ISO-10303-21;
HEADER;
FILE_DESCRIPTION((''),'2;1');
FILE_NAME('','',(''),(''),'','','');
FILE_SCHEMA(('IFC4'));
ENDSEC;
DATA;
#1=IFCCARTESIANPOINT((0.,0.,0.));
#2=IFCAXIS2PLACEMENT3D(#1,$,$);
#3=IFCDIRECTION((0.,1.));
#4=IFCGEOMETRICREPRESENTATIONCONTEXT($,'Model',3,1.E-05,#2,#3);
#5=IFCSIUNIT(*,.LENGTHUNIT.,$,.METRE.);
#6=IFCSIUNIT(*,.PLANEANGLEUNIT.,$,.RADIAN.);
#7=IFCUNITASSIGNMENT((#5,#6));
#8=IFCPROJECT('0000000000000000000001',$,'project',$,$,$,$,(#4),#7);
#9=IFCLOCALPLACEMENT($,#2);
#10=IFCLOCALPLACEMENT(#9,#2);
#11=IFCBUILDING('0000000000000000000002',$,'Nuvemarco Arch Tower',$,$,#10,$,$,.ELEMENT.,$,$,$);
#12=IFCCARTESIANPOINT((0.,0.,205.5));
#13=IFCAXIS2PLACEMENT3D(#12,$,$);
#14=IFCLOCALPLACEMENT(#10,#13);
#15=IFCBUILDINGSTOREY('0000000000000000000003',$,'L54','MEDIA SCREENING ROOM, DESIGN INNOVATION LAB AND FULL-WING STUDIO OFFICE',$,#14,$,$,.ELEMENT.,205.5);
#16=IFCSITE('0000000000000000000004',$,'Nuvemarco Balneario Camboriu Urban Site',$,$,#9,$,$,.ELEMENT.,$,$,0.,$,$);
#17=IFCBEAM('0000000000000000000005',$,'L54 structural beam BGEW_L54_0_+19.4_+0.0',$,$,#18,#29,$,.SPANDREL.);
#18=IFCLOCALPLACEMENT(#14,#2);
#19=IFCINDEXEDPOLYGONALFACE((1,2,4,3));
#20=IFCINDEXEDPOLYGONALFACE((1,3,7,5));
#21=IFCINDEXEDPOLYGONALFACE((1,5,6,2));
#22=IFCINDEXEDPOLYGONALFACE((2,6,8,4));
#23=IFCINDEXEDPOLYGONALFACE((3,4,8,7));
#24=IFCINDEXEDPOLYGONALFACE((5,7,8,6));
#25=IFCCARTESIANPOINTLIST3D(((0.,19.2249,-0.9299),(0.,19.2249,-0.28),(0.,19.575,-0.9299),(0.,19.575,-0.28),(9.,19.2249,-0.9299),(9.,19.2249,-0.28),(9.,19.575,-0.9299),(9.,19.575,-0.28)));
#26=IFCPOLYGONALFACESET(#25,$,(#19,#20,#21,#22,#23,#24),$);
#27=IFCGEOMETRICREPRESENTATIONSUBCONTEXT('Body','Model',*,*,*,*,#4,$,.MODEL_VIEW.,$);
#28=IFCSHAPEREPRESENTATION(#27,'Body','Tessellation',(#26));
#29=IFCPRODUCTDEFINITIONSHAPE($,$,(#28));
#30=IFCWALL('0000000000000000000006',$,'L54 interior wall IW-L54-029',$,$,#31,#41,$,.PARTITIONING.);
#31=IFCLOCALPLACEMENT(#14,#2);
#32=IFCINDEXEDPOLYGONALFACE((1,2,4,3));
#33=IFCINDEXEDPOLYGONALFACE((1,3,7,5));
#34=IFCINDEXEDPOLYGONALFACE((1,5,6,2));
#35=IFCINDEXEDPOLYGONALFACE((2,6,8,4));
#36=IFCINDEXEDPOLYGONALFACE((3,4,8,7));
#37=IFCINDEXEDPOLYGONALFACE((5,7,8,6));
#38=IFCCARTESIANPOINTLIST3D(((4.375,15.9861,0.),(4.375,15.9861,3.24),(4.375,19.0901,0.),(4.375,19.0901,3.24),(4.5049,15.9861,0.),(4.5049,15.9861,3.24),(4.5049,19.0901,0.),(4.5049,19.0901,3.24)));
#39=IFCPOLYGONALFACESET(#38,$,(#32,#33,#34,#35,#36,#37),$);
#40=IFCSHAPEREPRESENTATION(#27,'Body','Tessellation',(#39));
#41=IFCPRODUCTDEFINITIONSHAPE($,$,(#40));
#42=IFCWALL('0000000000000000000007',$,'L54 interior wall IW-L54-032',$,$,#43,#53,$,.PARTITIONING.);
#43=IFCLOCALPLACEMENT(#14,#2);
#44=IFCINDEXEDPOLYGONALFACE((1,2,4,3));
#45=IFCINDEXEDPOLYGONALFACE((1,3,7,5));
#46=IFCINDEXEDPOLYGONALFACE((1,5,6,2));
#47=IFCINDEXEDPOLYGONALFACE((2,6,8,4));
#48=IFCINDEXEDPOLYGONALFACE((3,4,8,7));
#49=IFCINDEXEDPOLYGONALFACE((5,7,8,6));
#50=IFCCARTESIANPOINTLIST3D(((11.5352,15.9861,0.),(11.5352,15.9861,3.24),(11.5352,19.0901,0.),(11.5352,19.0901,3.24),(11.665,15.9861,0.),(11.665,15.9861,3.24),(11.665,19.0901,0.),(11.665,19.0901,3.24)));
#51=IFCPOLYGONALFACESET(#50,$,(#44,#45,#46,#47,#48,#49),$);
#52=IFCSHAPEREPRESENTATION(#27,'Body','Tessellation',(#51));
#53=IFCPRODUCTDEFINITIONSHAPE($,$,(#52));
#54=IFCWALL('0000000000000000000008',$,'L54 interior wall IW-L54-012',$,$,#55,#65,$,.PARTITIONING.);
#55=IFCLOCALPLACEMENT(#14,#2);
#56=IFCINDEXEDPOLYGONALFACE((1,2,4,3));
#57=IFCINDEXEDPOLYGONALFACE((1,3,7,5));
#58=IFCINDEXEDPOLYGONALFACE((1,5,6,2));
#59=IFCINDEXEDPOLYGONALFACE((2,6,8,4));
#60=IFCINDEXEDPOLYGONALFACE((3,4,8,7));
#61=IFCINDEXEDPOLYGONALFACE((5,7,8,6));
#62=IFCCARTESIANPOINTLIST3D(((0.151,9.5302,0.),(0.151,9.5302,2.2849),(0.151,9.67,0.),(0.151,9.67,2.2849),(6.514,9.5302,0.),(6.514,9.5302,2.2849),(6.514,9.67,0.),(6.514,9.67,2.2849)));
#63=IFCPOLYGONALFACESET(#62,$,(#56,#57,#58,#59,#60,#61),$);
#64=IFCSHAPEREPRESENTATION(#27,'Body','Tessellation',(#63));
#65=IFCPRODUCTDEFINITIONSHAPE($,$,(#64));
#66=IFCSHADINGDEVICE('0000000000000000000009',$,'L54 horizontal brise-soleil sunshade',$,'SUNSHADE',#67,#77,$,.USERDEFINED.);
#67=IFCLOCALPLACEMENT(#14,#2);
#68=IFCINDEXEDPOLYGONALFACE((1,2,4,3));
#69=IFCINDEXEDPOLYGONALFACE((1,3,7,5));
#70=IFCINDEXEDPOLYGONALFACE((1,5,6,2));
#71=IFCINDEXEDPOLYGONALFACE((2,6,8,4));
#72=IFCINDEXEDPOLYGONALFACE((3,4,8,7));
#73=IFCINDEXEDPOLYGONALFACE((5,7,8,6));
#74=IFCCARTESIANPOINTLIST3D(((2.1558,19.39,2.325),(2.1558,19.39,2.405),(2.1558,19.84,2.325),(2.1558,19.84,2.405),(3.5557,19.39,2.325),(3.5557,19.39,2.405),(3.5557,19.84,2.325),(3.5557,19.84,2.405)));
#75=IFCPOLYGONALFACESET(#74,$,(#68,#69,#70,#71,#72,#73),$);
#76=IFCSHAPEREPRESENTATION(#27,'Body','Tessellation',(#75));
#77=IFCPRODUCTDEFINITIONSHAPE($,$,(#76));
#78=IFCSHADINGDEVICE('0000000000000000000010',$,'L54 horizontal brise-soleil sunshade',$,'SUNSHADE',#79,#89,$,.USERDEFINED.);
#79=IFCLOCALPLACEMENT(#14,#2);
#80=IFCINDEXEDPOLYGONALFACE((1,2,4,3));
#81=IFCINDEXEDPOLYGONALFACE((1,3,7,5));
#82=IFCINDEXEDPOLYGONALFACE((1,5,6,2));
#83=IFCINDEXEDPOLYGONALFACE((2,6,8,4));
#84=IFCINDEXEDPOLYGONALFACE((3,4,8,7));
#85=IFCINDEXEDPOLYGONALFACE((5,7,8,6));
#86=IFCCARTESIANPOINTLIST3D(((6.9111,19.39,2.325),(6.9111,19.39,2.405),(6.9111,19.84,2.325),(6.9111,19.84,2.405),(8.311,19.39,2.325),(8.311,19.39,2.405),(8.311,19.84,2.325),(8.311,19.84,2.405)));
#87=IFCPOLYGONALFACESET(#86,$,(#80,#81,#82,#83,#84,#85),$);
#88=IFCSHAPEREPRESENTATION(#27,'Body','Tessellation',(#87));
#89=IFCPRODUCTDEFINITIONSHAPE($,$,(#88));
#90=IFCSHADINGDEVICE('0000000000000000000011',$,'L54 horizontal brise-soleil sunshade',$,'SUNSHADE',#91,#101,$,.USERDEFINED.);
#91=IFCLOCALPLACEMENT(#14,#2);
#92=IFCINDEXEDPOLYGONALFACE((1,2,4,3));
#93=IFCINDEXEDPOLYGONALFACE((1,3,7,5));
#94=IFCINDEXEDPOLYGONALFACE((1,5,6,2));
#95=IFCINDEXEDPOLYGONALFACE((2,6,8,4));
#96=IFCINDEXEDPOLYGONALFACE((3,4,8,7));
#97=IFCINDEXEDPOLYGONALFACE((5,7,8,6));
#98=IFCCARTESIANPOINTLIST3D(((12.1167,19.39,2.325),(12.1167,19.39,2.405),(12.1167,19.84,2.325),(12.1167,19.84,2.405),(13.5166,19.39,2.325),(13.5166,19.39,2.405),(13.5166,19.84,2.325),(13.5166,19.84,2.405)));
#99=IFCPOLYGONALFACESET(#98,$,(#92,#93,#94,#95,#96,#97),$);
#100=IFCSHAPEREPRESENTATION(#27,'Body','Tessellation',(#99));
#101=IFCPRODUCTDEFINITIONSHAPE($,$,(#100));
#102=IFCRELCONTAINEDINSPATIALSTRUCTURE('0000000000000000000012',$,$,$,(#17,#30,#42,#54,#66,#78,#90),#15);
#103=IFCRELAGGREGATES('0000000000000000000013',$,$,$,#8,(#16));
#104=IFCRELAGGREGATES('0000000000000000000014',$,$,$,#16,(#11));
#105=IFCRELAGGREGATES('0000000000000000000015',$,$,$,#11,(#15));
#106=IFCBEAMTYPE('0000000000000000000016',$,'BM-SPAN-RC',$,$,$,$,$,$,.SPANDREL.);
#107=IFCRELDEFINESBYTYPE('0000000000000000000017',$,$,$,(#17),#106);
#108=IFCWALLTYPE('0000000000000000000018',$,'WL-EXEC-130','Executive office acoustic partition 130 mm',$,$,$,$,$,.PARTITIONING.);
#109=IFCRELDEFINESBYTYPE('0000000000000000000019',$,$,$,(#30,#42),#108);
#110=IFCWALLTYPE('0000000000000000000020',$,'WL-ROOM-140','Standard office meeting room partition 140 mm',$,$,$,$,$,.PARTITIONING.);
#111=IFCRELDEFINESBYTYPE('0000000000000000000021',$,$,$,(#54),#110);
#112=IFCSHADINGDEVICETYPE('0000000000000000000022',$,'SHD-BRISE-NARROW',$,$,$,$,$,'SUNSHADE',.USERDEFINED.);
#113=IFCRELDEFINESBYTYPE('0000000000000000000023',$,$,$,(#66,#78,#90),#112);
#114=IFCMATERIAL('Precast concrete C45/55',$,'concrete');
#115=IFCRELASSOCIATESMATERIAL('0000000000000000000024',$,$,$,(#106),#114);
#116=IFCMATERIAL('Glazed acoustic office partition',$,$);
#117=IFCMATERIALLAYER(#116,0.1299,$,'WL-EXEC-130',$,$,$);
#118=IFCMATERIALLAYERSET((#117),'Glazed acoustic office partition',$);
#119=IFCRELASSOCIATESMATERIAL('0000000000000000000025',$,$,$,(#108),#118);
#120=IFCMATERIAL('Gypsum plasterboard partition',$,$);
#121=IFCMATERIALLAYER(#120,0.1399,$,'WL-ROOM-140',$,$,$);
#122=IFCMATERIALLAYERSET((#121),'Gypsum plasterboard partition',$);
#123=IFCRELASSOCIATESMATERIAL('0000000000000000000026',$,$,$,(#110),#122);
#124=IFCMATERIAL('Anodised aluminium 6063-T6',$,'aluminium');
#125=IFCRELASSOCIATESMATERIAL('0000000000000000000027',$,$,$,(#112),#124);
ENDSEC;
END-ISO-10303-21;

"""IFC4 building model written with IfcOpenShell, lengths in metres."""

from ifc_helpers import new_model, si_unit, direction, frame, frame_2d, origin, origin_2d, place, context, subcontext, project, spatial, rectangle, extrude, source, transform, mapped, material, layer, layer_set, material_profile, profile_set, type_object, type_shapes, element, save


model = new_model("IFC4")

# Units and contexts
model_context = context("Model", 3, precision=1e-05, world=origin(), true_north=direction((0.0, 1.0)))
body_context = subcontext(model_context, "Body", "Model", "MODEL_VIEW")
ifc_project = project(units=[si_unit("LENGTHUNIT", "METRE"), si_unit("PLANEANGLEUNIT", "RADIAN")], contexts=[model_context])

# Site, building, storey
site_placement = place(None, origin())
site = spatial("IfcSite", under=ifc_project, at=site_placement, Name="Nuvemarco Balneario Camboriu Urban Site", CompositionType="ELEMENT", RefElevation=0.0)
building_placement = place(site_placement, origin())
building = spatial("IfcBuilding", under=site, at=building_placement, Name="Nuvemarco Arch Tower", CompositionType="ELEMENT")
storey_placement = place(building_placement, frame((0.0, 0.0, 205.5)))
storey = spatial("IfcBuildingStorey", under=building, at=storey_placement, Name="L54", Description="MEDIA SCREENING ROOM, DESIGN INNOVATION LAB AND FULL-WING STUDIO OFFICE", CompositionType="ELEMENT", Elevation=205.5)

# Beam
ifc_material_1 = material(Name="Precast concrete C45/55", Category="concrete")
ifc_material_profile_1 = material_profile(ifc_material_1, rectangle(XDim=0.3501, YDim=0.6499, at=origin_2d()), Name="PC-SP-350x650")
ifc_profile_set_1 = profile_set([ifc_material_profile_1], Name="Precast concrete C45/55")
beam_type_1 = type_object("IfcBeamType", Name="BM-SPAN-RC", PredefinedType="SPANDREL", material=ifc_profile_set_1)
beam_1_placement = place(storey_placement, frame((0.0, 19.3999, -0.605), z_axis=(1.0, 0.0, 0.0), x_axis=(0.0, 1.0, 0.0)))
element("IfcBeam", 1, at=beam_1_placement, inside=storey, type_object=beam_type_1, Name="L54 structural beam BGEW_L54_0_+19.4_+0.0", PredefinedType="SPANDREL", context=body_context, shape_type="SweptSolid", body=[
    extrude(rectangle(XDim=0.3501, YDim=0.6499, at=origin_2d()), origin(), (0.0, 0.0, 1.0), 9.0),
])

# Walls
ifc_material_2 = material(Name="Glazed acoustic office partition")
ifc_layer_1 = layer(ifc_material_2, 0.1299, Name="WL-EXEC-130")
ifc_layer_set_1 = layer_set([ifc_layer_1], Name="Glazed acoustic office partition")
wall_type_1 = type_object("IfcWallType", Name="WL-EXEC-130", Description="Executive office acoustic partition 130 mm", PredefinedType="PARTITIONING", material=ifc_layer_set_1)
for number, where, z_axis, x_axis, name in (
    (2, (4.4399, 15.9861, 0.0), (0.0, 0.0, 1.0), (0.0, 1.0, 0.0), "L54 interior wall IW-L54-029"),
    (3, (11.6001, 15.9861, 0.0), (0.0, 0.0, 1.0), (0.0, 1.0, 0.0), "L54 interior wall IW-L54-032"),
):
    element("IfcWall", number, at=place(storey_placement, frame(where, z_axis=z_axis, x_axis=x_axis)), inside=storey, type_object=wall_type_1, Name=name, PredefinedType="PARTITIONING", context=body_context, shape_type="SweptSolid", body=[
        extrude(rectangle(XDim=3.104, YDim=0.1299, at=frame_2d((1.552, 0.0))), origin(), (0.0, 0.0, 1.0), 3.24),
    ])
ifc_material_3 = material(Name="Gypsum plasterboard partition")
ifc_layer_2 = layer(ifc_material_3, 0.1399, Name="WL-ROOM-140")
ifc_layer_set_2 = layer_set([ifc_layer_2], Name="Gypsum plasterboard partition")
wall_type_2 = type_object("IfcWallType", Name="WL-ROOM-140", Description="Standard office meeting room partition 140 mm", PredefinedType="PARTITIONING", material=ifc_layer_set_2)
wall_placement = place(storey_placement, frame((0.1509, 9.6001, 0.0), z_axis=(0.0, 0.0, 1.0), x_axis=(1.0, 0.0, 0.0)))
element("IfcWall", 4, at=wall_placement, inside=storey, type_object=wall_type_2, Name="L54 interior wall IW-L54-012", PredefinedType="PARTITIONING", context=body_context, shape_type="SweptSolid", body=[
    extrude(rectangle(XDim=6.363, YDim=0.1399, at=frame_2d((3.1816, 0.0))), origin(), (0.0, 0.0, 1.0), 2.2849),
])

# Shading devices
ifc_material_4 = material(Name="Anodised aluminium 6063-T6", Category="aluminium")
shading_device_type = type_object("IfcShadingDeviceType", Name="SHD-BRISE-NARROW", ElementType="SUNSHADE", PredefinedType="USERDEFINED", material=ifc_material_4)
shared_shape = source(origin(), body_context, "Body", "SweptSolid", [
    extrude(rectangle(XDim=1.3999, YDim=0.45, at=origin_2d()), origin(), (0.0, 0.0, 1.0), 0.0801),
])
type_shapes(shading_device_type, [shared_shape])
for number, where, z_axis, x_axis, name in (
    (5, (2.8557, 19.615, 2.325), (0.0, 0.0, 1.0), (1.0, 0.0, 0.0), "L54 horizontal brise-soleil sunshade"),
    (6, (7.6111, 19.615, 2.325), (0.0, 0.0, 1.0), (1.0, 0.0, 0.0), "L54 horizontal brise-soleil sunshade"),
    (7, (12.8167, 19.615, 2.325), (0.0, 0.0, 1.0), (1.0, 0.0, 0.0), "L54 horizontal brise-soleil sunshade"),
):
    element("IfcShadingDevice", number, at=place(storey_placement, frame(where, z_axis=z_axis, x_axis=x_axis)), inside=storey, type_object=shading_device_type, Name=name, ObjectType="SUNSHADE", PredefinedType="USERDEFINED", context=body_context, shape_type="MappedRepresentation", body=[
        mapped(shared_shape, transform((0.0, 0.0, 0.0), scale=1.0)),
    ])

save(model, "model.ifc")
